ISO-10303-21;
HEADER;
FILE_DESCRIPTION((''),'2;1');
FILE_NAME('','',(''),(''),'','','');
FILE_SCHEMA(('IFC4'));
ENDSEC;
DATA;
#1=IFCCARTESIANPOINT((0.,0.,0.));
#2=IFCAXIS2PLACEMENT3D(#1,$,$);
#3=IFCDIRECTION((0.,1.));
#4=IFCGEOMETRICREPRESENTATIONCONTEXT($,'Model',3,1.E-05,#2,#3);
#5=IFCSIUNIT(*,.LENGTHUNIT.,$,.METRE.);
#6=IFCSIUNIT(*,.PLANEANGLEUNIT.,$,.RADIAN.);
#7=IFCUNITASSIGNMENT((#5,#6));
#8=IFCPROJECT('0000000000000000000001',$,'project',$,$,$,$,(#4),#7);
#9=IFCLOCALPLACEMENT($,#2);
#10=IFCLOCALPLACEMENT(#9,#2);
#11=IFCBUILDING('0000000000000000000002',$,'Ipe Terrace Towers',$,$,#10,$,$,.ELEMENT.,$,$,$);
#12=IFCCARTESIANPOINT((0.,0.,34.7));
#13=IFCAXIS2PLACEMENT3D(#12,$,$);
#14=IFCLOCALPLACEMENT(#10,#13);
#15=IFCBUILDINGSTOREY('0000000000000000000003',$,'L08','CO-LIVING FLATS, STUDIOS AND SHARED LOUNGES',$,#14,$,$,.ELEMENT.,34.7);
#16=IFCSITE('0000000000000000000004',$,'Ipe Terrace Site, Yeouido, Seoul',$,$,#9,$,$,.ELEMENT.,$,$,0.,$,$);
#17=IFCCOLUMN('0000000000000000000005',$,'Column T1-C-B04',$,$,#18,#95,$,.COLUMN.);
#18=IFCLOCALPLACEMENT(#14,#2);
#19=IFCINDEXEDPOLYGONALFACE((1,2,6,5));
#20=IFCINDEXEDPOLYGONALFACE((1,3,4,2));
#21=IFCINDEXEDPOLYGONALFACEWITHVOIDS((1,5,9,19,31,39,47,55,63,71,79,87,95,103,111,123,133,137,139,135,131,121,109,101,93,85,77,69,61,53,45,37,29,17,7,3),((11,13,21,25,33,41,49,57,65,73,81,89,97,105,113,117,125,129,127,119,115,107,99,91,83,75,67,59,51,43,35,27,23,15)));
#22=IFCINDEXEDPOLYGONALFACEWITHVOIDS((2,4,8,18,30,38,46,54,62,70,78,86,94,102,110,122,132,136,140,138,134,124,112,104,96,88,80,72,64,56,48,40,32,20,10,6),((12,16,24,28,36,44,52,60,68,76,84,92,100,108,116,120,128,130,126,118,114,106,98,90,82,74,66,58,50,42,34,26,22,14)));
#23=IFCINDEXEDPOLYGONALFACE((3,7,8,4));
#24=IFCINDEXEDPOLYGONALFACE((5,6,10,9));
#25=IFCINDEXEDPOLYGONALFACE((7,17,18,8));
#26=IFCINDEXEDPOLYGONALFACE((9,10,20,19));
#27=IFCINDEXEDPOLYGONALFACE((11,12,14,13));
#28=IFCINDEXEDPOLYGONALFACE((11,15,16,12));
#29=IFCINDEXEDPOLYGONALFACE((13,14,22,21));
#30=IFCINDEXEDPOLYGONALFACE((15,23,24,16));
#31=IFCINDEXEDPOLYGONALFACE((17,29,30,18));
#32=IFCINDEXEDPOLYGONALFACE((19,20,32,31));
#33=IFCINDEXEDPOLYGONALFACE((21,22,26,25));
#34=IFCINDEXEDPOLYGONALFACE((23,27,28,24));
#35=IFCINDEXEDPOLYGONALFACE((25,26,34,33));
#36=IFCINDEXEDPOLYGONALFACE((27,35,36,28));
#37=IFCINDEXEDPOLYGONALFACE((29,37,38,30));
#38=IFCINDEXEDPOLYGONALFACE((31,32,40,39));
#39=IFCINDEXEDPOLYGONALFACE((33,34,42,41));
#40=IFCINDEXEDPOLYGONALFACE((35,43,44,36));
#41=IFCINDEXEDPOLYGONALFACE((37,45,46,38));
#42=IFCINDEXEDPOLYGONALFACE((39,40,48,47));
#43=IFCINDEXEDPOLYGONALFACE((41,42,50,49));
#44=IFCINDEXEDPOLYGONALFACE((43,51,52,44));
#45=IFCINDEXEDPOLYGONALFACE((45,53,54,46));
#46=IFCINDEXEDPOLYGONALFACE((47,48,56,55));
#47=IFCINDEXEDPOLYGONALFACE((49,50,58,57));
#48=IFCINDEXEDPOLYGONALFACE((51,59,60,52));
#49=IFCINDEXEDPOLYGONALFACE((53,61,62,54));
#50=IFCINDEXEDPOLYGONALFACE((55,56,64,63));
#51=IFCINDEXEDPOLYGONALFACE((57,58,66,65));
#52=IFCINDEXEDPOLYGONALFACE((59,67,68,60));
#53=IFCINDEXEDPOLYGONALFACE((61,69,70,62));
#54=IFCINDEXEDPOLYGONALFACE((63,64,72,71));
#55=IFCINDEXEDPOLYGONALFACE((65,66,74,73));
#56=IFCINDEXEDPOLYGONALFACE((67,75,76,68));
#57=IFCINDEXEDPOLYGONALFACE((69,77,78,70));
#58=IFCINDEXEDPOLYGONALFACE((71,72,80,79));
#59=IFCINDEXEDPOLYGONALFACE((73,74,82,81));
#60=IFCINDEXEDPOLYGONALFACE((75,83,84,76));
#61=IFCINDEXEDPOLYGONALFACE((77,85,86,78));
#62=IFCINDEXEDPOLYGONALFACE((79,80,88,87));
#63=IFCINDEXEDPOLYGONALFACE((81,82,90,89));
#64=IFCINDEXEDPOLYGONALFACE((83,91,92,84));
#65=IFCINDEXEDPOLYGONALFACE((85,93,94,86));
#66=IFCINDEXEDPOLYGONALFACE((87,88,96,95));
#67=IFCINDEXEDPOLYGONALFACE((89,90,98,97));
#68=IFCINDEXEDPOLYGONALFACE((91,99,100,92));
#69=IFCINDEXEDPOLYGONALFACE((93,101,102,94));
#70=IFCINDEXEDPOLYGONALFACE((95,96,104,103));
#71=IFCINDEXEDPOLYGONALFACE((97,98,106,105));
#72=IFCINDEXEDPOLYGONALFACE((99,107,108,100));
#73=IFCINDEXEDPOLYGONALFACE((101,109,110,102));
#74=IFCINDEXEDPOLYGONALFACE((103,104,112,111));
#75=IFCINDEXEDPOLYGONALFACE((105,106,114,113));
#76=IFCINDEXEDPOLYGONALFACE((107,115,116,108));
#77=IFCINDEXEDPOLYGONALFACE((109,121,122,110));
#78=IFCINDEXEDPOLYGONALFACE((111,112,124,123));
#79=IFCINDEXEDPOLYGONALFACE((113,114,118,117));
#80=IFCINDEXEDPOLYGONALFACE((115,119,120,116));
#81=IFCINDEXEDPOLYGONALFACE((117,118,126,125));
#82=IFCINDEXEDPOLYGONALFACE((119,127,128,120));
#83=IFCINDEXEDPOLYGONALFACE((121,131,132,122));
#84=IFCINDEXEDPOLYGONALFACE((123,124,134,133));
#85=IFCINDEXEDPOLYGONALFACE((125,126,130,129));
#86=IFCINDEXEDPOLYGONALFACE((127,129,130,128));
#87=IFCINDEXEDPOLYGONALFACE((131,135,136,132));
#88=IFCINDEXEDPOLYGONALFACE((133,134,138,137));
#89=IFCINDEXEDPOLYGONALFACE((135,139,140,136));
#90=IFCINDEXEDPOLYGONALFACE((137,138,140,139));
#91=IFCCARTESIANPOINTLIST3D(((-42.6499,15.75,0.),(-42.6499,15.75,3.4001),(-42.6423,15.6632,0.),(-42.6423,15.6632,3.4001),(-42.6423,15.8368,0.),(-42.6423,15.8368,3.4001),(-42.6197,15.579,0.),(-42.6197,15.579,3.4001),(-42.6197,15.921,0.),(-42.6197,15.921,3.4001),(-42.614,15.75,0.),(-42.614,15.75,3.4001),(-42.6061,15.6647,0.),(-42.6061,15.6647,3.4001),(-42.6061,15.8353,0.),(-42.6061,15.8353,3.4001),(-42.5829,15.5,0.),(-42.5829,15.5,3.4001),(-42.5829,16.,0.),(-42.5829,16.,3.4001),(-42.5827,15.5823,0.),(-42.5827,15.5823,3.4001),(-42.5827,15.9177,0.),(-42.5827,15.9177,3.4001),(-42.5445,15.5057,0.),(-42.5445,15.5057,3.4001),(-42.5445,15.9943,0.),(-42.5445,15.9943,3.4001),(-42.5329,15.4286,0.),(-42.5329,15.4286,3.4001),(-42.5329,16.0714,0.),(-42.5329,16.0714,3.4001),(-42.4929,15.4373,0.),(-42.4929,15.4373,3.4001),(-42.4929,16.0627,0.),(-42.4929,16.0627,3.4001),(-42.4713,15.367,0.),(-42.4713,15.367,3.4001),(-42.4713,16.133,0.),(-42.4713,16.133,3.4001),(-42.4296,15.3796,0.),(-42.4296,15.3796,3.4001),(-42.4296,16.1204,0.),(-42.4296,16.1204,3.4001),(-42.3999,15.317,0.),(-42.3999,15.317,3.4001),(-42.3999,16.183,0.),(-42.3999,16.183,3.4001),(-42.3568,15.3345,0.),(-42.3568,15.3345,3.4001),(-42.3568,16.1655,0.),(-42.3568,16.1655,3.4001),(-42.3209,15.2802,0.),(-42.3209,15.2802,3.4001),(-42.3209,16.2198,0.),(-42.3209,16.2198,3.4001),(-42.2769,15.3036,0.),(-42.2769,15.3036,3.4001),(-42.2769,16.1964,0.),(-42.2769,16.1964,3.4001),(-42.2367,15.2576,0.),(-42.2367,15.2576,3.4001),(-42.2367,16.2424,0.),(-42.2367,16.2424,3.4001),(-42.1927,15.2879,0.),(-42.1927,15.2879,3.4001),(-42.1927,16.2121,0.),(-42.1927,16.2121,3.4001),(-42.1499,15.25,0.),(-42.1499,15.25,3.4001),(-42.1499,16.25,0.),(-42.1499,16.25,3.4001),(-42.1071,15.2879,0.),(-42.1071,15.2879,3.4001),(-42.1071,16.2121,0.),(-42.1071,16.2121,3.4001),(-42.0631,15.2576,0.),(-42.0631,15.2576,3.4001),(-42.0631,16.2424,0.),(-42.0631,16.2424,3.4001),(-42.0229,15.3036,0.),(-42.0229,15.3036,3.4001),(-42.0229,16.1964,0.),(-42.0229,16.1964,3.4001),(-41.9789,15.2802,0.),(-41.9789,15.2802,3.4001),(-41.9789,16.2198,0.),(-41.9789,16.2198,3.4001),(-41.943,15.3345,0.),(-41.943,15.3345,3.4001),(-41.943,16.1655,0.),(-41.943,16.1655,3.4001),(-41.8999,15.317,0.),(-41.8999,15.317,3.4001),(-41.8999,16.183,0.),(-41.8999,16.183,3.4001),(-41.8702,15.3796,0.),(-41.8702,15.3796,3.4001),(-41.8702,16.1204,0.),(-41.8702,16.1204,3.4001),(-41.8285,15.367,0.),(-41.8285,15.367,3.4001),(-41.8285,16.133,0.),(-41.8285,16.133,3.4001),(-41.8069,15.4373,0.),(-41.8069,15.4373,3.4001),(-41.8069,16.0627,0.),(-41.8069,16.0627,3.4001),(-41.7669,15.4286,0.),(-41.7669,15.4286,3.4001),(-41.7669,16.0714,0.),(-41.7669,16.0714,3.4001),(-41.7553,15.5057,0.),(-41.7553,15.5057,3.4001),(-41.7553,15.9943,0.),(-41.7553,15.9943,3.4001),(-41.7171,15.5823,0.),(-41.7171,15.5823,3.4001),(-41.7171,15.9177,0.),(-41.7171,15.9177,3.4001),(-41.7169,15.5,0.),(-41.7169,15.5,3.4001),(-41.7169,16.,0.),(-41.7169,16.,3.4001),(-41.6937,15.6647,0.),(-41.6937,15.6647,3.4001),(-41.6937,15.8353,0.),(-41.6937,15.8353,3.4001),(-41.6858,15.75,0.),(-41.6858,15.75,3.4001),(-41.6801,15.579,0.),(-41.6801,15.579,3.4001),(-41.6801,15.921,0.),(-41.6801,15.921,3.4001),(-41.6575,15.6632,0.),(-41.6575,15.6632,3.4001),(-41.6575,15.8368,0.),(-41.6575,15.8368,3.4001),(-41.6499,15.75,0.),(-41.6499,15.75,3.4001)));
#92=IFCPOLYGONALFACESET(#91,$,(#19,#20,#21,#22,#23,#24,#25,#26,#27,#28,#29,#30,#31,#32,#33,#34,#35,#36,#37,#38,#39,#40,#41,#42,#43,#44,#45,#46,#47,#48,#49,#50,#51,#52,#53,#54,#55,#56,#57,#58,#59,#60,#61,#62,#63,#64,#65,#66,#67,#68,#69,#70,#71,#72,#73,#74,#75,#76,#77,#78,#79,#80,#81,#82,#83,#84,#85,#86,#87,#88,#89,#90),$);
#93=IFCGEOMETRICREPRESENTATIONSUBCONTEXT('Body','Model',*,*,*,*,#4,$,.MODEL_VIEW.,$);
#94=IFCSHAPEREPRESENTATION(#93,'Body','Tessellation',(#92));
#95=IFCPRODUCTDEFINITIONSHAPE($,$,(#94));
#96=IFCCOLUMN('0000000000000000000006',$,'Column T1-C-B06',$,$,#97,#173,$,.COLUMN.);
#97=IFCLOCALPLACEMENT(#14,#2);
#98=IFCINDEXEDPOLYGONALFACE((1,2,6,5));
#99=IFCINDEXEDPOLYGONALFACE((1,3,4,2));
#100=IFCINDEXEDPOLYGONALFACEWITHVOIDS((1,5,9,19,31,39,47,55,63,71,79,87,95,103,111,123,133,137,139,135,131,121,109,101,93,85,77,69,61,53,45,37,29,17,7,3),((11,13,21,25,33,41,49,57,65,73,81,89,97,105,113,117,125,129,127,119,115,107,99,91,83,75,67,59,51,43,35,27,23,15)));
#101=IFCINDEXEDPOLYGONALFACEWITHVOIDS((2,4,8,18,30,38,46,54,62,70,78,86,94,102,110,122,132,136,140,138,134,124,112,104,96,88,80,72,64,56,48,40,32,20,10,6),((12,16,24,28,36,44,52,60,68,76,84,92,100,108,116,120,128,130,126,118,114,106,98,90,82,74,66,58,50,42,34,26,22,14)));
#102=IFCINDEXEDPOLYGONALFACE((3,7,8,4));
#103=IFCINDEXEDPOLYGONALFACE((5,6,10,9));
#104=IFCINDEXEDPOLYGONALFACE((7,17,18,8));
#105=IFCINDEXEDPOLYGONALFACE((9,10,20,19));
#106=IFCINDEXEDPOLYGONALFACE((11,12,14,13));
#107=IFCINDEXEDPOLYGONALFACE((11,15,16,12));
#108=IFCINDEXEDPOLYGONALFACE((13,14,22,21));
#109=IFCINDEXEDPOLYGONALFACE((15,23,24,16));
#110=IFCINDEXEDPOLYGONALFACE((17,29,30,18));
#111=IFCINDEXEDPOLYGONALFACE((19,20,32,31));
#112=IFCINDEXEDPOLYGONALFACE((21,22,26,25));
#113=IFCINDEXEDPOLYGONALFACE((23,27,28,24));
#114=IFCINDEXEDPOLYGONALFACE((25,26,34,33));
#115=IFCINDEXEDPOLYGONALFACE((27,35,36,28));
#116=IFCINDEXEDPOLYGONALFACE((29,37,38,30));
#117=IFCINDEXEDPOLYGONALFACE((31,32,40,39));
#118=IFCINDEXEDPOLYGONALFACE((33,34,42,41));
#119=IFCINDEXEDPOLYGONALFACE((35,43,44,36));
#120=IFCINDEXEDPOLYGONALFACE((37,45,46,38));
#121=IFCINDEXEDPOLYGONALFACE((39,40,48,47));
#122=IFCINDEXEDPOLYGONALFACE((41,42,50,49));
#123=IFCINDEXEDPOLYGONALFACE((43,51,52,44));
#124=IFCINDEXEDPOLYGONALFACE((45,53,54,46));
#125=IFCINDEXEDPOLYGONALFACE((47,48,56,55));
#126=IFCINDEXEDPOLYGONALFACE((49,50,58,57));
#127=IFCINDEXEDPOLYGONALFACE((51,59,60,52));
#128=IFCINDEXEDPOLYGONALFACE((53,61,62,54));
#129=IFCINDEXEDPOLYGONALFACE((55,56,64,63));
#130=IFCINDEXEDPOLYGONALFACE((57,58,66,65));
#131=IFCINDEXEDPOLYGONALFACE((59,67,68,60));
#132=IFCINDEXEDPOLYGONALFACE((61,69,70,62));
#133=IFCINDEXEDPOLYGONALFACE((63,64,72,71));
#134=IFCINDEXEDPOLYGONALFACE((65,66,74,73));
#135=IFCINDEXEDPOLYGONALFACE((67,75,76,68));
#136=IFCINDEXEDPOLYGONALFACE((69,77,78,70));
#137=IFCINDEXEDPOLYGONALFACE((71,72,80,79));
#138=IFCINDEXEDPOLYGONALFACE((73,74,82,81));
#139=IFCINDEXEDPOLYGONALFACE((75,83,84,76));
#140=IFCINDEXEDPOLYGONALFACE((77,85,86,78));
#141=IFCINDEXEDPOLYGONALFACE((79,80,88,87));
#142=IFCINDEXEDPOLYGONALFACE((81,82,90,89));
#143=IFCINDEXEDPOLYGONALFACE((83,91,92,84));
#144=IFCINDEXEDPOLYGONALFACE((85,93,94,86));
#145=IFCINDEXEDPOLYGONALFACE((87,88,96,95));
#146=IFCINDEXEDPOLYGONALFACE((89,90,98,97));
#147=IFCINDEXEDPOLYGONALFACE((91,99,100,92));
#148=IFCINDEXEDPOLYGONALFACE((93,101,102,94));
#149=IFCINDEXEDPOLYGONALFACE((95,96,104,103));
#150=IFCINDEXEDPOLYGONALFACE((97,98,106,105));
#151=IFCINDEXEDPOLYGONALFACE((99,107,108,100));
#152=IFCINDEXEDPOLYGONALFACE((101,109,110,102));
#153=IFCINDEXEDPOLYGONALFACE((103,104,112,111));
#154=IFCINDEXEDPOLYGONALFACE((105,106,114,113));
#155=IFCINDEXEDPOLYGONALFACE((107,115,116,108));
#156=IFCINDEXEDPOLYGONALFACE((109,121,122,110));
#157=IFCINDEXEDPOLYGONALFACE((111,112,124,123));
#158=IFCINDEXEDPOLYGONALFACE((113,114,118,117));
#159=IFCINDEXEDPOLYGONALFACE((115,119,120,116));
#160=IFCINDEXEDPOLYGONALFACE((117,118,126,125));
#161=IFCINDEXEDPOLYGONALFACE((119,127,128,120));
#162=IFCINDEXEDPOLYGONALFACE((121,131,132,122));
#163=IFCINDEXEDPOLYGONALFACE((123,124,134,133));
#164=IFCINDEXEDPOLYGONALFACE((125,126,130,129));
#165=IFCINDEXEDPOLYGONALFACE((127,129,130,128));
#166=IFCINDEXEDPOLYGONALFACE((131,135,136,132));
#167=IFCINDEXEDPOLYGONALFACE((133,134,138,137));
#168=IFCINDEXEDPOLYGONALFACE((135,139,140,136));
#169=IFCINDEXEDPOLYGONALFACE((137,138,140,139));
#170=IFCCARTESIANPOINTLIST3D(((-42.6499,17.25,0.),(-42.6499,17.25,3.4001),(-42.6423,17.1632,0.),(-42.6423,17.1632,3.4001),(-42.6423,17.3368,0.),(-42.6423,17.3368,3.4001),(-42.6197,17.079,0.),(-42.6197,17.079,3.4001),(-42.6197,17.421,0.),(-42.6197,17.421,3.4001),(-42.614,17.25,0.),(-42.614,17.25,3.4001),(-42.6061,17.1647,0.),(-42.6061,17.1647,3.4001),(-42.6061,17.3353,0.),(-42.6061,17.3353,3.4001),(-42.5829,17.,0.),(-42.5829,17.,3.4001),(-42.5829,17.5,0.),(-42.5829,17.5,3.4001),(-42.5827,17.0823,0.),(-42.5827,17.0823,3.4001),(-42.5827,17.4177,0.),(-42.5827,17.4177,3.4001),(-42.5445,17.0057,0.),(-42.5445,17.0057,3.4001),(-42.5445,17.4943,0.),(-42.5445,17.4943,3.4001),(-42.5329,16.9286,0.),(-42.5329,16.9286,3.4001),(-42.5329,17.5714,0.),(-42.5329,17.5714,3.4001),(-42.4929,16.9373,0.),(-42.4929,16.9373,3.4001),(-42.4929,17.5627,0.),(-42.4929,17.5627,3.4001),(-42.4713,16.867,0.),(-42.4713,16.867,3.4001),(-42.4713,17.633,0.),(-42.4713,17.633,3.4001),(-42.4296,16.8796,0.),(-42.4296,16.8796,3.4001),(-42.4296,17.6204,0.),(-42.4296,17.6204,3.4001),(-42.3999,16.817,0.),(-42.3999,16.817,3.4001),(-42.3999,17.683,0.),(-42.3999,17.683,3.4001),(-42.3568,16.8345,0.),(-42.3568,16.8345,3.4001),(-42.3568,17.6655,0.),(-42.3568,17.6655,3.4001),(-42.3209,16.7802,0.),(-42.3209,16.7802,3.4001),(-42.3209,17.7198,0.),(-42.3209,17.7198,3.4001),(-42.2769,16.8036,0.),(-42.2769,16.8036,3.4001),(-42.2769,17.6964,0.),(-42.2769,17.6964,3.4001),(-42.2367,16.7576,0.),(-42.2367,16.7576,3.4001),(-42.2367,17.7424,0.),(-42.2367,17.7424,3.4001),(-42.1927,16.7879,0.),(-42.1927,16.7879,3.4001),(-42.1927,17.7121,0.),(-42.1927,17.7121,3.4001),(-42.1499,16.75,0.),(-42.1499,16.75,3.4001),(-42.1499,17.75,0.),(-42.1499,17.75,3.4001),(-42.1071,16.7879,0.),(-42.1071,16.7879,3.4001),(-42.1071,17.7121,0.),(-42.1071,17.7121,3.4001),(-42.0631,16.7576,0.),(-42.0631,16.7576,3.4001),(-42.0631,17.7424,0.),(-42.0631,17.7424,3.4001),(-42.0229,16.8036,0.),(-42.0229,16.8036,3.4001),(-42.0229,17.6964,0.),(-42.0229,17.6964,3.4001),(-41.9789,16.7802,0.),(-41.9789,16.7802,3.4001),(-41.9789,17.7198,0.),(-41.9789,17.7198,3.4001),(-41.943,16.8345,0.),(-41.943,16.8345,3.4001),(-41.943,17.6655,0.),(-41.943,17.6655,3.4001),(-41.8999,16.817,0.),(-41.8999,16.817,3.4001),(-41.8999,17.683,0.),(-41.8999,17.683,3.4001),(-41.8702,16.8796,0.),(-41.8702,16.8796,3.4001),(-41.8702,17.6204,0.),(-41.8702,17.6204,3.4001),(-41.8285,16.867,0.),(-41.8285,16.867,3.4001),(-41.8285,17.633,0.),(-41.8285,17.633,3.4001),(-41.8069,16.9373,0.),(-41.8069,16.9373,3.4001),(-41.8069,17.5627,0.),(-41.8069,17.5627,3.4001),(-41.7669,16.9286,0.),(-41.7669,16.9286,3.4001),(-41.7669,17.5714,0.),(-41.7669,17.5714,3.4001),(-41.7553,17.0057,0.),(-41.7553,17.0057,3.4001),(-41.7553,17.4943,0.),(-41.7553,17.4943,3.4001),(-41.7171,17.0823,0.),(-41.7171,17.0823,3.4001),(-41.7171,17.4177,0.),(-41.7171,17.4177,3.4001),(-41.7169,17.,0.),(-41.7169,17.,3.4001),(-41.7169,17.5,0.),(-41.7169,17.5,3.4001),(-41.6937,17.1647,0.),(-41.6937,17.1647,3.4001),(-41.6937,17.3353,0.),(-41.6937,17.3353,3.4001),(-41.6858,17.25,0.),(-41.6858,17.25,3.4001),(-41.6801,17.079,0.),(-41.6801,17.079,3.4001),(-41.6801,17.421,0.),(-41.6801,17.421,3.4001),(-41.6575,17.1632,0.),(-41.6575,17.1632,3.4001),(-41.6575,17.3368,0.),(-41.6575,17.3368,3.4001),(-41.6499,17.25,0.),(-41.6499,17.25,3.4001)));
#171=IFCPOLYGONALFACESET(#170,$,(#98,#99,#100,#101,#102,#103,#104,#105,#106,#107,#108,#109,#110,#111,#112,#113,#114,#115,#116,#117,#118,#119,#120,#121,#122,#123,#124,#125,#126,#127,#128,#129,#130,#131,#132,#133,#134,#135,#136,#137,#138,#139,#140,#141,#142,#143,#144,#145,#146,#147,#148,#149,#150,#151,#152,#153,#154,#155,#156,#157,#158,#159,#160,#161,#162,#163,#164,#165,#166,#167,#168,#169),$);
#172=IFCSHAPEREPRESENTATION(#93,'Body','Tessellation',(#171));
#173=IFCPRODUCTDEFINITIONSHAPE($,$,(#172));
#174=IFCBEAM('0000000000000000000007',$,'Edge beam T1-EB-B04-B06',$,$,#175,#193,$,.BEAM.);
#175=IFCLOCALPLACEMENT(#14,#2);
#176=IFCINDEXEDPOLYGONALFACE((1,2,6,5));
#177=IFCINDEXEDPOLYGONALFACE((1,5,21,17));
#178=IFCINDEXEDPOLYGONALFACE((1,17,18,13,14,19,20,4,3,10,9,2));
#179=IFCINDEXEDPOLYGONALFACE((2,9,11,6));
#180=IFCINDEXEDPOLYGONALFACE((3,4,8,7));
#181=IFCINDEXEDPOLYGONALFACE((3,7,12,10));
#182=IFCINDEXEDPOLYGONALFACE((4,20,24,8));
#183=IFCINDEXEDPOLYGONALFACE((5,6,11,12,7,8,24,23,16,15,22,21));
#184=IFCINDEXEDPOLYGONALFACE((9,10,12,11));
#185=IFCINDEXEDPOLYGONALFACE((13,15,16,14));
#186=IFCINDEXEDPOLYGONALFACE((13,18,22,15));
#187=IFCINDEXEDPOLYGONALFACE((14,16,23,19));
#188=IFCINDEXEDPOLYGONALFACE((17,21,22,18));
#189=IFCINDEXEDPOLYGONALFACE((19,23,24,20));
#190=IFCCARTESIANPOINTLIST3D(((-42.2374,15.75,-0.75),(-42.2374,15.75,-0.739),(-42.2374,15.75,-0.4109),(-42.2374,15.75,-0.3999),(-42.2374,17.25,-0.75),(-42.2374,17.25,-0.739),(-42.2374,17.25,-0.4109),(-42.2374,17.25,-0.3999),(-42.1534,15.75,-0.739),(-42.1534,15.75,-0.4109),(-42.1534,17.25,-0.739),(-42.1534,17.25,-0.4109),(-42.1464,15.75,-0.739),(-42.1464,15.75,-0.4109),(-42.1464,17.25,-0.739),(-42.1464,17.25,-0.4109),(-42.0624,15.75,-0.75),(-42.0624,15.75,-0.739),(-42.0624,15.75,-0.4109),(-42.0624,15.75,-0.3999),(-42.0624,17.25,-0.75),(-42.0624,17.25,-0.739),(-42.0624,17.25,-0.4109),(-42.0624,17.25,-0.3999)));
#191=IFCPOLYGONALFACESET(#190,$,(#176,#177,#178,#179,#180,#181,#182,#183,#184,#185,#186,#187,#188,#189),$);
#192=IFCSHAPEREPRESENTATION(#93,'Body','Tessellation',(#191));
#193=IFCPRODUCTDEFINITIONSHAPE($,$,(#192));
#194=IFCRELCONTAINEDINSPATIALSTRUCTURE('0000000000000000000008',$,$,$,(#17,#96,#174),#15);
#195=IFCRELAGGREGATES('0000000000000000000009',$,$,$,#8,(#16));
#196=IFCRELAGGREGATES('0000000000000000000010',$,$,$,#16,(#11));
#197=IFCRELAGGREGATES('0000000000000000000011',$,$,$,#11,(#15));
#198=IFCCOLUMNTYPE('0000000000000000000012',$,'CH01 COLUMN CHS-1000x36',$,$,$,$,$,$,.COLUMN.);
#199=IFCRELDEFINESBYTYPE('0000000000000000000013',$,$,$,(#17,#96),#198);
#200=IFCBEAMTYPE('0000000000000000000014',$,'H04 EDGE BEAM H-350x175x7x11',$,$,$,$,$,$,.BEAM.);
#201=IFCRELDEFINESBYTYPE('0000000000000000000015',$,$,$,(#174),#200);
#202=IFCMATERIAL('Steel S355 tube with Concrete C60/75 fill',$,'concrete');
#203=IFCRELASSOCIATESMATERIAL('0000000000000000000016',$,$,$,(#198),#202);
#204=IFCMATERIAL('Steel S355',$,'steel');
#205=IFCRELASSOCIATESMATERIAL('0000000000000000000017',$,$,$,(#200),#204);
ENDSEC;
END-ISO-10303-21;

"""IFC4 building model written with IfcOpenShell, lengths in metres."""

from ifc_helpers import new_model, si_unit, direction, frame, origin, origin_2d, place, context, subcontext, project, spatial, hollow_circle, i_section, extrude, material, material_profile, profile_set, type_object, element, save


model = new_model("IFC4")

# Units and contexts
model_context = context("Model", 3, precision=1e-05, world=origin(), true_north=direction((0.0, 1.0)))
body_context = subcontext(model_context, "Body", "Model", "MODEL_VIEW")
ifc_project = project(units=[si_unit("LENGTHUNIT", "METRE"), si_unit("PLANEANGLEUNIT", "RADIAN")], contexts=[model_context])

# Site, building, storey
site_placement = place(None, origin())
site = spatial("IfcSite", under=ifc_project, at=site_placement, Name="Ipe Terrace Site, Yeouido, Seoul", CompositionType="ELEMENT", RefElevation=0.0)
building_placement = place(site_placement, origin())
building = spatial("IfcBuilding", under=site, at=building_placement, Name="Ipe Terrace Towers", CompositionType="ELEMENT")
storey_placement = place(building_placement, frame((0.0, 0.0, 34.7)))
storey = spatial("IfcBuildingStorey", under=building, at=storey_placement, Name="L08", Description="CO-LIVING FLATS, STUDIOS AND SHARED LOUNGES", CompositionType="ELEMENT", Elevation=34.7)

# Columns
ifc_material_1 = material(Name="Steel S355 tube with Concrete C60/75 fill", Category="concrete")
ifc_material_profile_1 = material_profile(ifc_material_1, hollow_circle(Radius=0.5, WallThickness=0.0359, at=origin_2d()), Name="CHS-1000x36")
ifc_profile_set_1 = profile_set([ifc_material_profile_1], Name="Steel S355 tube with Concrete C60/75 fill")
column_type = type_object("IfcColumnType", Name="CH01 COLUMN CHS-1000x36", PredefinedType="COLUMN", material=ifc_profile_set_1)
for number, where, z_axis, x_axis, name in (
    (1, (-42.1499, 15.75, 0.0), (0.0, 0.0, 1.0), (1.0, 0.0, 0.0), "Column T1-C-B04"),
    (2, (-42.1499, 17.25, 0.0), (0.0, 0.0, 1.0), (1.0, 0.0, 0.0), "Column T1-C-B06"),
):
    element("IfcColumn", number, at=place(storey_placement, frame(where, z_axis=z_axis, x_axis=x_axis)), inside=storey, type_object=column_type, Name=name, PredefinedType="COLUMN", context=body_context, shape_type="SweptSolid", body=[
        extrude(hollow_circle(Radius=0.5, WallThickness=0.0359, at=origin_2d()), origin(), (0.0, 0.0, 1.0), 3.4001),
    ])

# Beam
ifc_material_2 = material(Name="Steel S355", Category="steel")
ifc_material_profile_2 = material_profile(ifc_material_2, i_section(OverallWidth=0.175, OverallDepth=0.3501, WebThickness=0.0071, FlangeThickness=0.011, at=origin_2d()), Name="H-350x175x7x11")
ifc_profile_set_2 = profile_set([ifc_material_profile_2], Name="Steel S355")
beam_type = type_object("IfcBeamType", Name="H04 EDGE BEAM H-350x175x7x11", PredefinedType="BEAM", material=ifc_profile_set_2)
beam_placement = place(storey_placement, frame((-42.1499, 15.75, -0.575), z_axis=(0.0, 1.0, 0.0), x_axis=(-1.0, 0.0, 0.0)))
element("IfcBeam", 3, at=beam_placement, inside=storey, type_object=beam_type, Name="Edge beam T1-EB-B04-B06", PredefinedType="BEAM", context=body_context, shape_type="SweptSolid", body=[
    extrude(i_section(OverallWidth=0.175, OverallDepth=0.3501, WebThickness=0.0071, FlangeThickness=0.011, at=origin_2d()), origin(), (0.0, 0.0, 1.0), 1.5),
])

save(model, "model.ifc")
